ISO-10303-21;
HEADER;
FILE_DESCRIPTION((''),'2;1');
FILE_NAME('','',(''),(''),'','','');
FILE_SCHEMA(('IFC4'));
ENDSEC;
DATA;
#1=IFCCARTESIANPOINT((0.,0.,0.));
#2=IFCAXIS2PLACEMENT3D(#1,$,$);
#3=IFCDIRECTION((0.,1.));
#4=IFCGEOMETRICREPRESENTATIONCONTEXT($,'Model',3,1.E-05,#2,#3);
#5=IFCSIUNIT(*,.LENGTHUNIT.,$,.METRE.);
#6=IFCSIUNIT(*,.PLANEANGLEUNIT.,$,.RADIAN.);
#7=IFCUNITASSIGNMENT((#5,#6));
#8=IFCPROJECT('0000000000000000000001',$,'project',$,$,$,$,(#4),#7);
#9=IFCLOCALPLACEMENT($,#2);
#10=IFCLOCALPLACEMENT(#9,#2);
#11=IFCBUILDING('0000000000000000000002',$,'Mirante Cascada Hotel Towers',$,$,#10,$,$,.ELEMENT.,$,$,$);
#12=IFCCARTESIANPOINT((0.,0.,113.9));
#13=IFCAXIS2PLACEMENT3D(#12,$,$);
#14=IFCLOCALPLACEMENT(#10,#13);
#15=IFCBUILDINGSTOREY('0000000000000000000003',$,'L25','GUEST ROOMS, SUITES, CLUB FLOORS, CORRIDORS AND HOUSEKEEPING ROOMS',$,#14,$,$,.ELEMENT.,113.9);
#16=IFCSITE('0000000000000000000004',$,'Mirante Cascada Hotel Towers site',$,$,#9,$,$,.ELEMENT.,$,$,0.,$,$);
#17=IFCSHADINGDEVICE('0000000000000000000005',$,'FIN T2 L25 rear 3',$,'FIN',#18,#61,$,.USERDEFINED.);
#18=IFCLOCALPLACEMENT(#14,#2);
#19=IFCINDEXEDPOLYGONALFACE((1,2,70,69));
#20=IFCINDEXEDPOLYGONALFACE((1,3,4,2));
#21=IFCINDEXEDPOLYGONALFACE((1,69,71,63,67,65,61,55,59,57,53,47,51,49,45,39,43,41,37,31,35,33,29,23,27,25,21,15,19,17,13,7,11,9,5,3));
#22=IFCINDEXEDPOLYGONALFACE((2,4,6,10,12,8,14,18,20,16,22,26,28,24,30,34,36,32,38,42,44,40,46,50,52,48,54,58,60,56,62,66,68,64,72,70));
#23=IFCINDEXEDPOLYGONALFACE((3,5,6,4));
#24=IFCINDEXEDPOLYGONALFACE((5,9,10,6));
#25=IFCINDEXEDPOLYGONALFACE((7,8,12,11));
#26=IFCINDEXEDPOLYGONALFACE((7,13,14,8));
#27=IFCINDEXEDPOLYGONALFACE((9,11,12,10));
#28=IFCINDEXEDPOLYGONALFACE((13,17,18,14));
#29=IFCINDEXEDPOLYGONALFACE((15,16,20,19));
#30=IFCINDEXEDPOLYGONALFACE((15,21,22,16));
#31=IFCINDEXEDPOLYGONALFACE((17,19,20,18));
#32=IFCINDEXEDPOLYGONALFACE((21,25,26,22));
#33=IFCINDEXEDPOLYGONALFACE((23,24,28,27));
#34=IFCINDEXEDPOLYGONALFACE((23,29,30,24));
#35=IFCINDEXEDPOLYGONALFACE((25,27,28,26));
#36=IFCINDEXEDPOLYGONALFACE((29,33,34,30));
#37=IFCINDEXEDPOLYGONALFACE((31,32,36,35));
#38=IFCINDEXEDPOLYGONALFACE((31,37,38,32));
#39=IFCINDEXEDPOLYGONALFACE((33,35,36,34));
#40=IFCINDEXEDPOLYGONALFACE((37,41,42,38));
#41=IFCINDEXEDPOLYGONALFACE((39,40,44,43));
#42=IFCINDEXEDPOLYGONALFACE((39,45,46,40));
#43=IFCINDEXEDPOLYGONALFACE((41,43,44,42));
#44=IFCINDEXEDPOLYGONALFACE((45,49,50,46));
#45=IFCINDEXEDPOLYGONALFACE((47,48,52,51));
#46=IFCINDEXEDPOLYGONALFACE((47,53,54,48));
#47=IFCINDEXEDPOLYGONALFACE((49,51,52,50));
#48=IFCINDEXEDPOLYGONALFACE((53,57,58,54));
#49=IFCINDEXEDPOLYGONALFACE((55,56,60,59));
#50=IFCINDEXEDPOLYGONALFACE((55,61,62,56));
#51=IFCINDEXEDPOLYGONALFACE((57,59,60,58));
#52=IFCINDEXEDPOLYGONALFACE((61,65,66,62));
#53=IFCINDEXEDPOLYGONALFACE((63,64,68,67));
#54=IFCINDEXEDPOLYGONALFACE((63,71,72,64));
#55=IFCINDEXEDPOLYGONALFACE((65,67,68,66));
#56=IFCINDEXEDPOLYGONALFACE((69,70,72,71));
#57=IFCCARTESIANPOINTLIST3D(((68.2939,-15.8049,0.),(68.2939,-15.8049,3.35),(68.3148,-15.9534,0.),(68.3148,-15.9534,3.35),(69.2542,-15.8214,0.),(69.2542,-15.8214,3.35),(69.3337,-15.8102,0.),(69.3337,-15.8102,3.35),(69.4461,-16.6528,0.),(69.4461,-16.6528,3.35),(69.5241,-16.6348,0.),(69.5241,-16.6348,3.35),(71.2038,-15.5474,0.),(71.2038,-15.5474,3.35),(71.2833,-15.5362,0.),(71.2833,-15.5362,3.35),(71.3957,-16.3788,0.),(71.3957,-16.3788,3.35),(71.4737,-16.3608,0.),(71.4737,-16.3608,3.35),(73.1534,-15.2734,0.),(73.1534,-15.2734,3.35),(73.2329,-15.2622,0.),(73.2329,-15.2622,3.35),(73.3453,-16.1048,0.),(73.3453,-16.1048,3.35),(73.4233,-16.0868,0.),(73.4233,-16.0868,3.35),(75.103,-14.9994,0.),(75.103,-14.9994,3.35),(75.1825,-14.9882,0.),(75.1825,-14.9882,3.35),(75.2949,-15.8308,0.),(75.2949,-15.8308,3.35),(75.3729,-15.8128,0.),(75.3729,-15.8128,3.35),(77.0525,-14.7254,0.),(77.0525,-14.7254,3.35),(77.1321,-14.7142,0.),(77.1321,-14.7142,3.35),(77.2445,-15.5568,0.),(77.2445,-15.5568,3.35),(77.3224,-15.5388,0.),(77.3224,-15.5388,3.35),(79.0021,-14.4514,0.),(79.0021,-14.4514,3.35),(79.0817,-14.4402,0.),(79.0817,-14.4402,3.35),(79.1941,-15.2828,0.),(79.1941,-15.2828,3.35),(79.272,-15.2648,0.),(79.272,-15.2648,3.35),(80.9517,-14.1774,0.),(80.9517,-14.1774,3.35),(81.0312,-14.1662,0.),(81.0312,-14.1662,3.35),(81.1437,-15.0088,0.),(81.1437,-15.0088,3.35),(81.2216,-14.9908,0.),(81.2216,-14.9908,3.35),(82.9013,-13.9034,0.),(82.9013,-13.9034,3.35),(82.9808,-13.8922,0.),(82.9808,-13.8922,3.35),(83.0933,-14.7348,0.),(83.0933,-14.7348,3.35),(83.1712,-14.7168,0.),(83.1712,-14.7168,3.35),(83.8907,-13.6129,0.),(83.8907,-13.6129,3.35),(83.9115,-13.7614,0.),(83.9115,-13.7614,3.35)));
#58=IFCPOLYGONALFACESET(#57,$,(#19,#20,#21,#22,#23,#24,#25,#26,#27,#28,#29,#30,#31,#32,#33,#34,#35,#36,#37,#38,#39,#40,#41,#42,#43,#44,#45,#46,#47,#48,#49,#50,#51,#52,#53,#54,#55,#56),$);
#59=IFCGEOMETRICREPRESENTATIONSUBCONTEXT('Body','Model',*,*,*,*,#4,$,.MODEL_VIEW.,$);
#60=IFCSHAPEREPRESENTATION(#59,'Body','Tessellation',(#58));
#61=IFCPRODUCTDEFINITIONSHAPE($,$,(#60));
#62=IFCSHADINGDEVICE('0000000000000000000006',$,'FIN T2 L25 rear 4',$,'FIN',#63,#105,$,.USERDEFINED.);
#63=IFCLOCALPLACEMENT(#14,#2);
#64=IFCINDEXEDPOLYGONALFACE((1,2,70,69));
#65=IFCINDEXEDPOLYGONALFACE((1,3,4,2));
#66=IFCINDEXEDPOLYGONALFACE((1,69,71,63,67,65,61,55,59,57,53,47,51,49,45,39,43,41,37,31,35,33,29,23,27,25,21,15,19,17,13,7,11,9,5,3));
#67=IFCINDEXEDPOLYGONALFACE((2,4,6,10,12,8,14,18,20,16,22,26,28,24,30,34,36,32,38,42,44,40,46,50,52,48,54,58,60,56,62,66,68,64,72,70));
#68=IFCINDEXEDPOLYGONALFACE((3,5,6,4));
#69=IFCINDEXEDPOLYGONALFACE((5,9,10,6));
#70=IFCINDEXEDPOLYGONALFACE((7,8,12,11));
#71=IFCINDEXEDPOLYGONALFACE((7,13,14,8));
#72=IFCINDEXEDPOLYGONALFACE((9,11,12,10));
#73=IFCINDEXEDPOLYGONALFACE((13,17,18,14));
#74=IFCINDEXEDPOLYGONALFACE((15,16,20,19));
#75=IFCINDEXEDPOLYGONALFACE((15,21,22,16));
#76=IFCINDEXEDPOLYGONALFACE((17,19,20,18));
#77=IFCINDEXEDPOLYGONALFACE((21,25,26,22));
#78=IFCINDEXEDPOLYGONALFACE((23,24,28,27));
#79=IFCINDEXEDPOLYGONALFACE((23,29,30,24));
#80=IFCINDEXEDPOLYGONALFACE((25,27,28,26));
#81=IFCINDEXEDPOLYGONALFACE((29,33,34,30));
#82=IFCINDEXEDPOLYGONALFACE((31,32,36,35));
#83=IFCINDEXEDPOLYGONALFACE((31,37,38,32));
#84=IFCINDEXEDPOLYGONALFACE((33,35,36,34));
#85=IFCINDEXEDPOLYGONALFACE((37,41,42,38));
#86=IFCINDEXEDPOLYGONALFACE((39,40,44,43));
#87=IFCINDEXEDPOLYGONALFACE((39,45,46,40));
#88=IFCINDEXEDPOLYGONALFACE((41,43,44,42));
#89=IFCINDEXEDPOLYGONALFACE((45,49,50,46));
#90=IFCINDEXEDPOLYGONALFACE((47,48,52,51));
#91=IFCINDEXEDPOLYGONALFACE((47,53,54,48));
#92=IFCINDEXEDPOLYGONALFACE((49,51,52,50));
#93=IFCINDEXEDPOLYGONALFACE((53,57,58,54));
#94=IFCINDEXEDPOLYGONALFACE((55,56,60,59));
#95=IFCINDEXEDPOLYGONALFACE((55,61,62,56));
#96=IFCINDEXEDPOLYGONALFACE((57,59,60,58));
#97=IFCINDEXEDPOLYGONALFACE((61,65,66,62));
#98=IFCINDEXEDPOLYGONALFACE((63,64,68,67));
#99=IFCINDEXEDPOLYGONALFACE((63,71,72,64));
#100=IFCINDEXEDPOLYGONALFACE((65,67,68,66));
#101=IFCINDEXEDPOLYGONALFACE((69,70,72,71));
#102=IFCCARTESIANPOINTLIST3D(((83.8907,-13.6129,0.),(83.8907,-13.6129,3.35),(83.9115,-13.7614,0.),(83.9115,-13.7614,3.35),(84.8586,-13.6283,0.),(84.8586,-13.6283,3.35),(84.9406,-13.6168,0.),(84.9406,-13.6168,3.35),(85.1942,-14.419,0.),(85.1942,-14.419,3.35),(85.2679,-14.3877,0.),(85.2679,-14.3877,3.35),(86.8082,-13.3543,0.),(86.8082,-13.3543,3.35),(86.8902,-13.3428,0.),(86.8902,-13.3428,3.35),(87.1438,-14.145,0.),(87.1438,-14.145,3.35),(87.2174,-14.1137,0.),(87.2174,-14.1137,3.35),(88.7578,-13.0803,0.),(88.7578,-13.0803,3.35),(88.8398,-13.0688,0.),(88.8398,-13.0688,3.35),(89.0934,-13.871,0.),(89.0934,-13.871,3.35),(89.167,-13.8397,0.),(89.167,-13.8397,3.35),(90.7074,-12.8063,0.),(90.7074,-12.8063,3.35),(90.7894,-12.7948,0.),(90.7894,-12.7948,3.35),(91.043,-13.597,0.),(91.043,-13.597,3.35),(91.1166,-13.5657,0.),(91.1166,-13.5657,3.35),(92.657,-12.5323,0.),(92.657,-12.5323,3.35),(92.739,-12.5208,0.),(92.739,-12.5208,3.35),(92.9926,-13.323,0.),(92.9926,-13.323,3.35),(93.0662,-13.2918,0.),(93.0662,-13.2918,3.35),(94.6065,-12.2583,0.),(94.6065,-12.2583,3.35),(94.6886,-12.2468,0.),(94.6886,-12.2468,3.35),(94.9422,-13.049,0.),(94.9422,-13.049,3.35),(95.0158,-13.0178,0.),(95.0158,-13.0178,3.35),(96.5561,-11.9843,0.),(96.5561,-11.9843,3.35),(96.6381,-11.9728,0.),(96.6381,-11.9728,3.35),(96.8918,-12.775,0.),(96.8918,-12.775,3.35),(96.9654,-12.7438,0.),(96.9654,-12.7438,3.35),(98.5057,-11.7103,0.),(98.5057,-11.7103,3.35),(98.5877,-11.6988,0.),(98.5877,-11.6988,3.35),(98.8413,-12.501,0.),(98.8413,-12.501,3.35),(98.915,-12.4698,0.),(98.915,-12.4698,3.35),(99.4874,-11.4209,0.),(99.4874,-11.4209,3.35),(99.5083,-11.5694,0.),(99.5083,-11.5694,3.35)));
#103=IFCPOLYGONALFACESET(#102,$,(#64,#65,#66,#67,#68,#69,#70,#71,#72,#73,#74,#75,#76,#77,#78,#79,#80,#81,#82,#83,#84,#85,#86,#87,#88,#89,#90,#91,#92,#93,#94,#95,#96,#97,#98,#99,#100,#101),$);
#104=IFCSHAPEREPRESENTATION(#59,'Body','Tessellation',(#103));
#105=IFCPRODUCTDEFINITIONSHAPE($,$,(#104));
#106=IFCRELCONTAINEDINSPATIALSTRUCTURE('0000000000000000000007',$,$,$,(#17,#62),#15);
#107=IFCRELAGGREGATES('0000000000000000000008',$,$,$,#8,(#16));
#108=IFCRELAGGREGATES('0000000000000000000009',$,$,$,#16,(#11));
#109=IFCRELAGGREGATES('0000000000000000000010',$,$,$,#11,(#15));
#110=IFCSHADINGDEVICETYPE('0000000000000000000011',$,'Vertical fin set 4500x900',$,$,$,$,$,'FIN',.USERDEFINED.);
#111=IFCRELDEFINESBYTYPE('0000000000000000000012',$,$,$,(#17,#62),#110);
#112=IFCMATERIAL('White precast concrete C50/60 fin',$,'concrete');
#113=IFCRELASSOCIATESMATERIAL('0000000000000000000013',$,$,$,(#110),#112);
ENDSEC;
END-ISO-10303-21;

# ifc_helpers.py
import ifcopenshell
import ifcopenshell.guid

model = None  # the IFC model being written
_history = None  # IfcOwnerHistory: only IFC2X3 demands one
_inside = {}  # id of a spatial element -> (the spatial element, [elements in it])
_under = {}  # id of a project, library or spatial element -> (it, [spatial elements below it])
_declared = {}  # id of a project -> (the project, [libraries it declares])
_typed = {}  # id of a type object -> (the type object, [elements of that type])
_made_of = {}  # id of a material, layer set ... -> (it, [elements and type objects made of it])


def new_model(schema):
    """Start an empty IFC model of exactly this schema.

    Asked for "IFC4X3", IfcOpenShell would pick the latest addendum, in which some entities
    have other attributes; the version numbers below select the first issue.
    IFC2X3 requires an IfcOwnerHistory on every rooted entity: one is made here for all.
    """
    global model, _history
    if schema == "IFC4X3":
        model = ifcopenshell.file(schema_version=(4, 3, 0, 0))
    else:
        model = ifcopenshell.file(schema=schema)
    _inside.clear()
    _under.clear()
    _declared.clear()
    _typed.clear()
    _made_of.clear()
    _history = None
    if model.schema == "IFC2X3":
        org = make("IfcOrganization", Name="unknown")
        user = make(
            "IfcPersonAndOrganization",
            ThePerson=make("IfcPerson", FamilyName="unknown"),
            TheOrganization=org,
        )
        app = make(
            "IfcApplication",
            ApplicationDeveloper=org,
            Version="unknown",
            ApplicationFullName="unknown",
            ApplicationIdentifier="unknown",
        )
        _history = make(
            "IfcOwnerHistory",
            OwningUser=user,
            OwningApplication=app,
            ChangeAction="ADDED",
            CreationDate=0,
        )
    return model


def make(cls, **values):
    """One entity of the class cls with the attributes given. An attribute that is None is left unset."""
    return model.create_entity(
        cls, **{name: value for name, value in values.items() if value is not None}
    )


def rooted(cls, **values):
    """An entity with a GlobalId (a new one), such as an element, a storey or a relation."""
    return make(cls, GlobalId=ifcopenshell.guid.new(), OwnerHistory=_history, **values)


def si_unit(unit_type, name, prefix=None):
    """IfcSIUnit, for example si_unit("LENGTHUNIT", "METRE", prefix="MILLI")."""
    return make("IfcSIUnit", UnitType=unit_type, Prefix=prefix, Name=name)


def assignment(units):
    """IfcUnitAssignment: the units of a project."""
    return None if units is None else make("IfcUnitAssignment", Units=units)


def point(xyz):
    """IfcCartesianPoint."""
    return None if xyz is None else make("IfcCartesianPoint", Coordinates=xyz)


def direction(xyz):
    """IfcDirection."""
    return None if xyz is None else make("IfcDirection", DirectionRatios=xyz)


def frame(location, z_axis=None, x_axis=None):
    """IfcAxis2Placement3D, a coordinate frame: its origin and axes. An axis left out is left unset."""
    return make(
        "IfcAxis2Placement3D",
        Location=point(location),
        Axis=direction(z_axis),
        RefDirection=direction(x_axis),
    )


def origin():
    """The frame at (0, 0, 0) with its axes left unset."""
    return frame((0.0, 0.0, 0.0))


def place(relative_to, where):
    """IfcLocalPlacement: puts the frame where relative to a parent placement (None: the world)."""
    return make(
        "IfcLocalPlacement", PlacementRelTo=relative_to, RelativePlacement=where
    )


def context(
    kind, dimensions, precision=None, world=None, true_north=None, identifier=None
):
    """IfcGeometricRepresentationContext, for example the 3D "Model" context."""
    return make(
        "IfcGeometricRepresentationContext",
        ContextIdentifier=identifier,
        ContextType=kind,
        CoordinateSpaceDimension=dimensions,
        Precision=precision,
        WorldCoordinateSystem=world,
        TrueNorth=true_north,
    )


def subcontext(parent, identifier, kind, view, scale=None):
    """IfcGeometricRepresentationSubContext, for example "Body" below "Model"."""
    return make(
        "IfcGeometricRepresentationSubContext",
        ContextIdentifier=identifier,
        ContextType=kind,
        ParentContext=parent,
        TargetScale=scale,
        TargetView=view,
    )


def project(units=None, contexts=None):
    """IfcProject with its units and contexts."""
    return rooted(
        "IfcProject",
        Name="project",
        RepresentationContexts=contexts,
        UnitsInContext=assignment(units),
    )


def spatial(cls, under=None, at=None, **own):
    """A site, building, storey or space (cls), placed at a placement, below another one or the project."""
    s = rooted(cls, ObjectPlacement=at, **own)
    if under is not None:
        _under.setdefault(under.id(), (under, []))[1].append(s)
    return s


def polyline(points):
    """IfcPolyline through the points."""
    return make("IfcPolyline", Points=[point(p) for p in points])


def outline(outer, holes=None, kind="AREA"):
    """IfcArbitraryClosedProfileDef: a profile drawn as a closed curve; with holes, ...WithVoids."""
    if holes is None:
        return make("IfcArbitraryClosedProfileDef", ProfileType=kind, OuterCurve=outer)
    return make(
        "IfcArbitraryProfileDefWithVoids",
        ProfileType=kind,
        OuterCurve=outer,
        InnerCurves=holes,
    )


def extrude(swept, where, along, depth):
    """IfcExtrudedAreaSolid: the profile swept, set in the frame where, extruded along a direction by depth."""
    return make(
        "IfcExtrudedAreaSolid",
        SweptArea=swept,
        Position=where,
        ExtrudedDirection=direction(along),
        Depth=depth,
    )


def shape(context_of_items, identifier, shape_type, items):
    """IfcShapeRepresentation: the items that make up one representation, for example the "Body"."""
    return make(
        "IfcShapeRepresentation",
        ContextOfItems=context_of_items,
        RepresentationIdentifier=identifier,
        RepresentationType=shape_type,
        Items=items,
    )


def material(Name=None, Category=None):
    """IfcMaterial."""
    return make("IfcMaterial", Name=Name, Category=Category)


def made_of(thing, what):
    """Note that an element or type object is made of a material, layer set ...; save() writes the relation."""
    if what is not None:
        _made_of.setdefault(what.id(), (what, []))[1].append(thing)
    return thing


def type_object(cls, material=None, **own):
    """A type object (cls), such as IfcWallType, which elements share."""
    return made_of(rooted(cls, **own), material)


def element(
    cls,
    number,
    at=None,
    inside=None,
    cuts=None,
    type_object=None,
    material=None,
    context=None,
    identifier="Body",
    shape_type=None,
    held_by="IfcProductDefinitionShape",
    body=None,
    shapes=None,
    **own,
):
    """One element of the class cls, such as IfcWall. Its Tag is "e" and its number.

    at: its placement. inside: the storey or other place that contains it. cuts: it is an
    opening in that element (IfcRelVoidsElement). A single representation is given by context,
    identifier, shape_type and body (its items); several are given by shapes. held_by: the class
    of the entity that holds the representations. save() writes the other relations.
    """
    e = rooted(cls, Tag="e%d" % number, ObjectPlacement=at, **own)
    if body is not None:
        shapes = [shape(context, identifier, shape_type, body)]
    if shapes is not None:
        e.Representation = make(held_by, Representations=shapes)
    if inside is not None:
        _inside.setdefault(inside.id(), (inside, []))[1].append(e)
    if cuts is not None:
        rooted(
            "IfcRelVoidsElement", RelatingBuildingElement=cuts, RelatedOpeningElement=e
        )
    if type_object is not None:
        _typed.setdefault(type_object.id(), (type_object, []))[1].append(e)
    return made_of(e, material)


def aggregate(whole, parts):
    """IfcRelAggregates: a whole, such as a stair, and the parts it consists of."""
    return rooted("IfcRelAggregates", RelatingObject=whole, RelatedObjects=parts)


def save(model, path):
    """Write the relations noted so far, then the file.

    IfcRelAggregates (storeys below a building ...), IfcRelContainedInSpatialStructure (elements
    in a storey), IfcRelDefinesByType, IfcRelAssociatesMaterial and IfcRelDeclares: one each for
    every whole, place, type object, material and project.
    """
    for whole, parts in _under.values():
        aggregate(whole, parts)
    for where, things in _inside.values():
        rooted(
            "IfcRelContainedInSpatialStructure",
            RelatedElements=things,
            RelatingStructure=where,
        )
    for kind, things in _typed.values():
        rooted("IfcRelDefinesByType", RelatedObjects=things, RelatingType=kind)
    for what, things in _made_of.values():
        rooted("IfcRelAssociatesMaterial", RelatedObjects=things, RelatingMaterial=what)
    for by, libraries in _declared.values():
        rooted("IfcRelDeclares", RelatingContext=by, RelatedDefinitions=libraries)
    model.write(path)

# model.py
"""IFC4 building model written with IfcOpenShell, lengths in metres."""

from ifc_helpers import new_model, si_unit, direction, frame, origin, place, context, subcontext, project, spatial, polyline, outline, extrude, material, type_object, element, save


model = new_model("IFC4")

# Units and contexts
model_context = context("Model", 3, precision=1e-05, world=origin(), true_north=direction((0.0, 1.0)))
body_context = subcontext(model_context, "Body", "Model", "MODEL_VIEW")
ifc_project = project(units=[si_unit("LENGTHUNIT", "METRE"), si_unit("PLANEANGLEUNIT", "RADIAN")], contexts=[model_context])

# Site, building, storey
site_placement = place(None, origin())
site = spatial("IfcSite", under=ifc_project, at=site_placement, Name="Mirante Cascada Hotel Towers site", CompositionType="ELEMENT", RefElevation=0.0)
building_placement = place(site_placement, origin())
building = spatial("IfcBuilding", under=site, at=building_placement, Name="Mirante Cascada Hotel Towers", CompositionType="ELEMENT")
storey_placement = place(building_placement, frame((0.0, 0.0, 113.9)))
storey = spatial("IfcBuildingStorey", under=building, at=storey_placement, Name="L25", Description="GUEST ROOMS, SUITES, CLUB FLOORS, CORRIDORS AND HOUSEKEEPING ROOMS", CompositionType="ELEMENT", Elevation=113.9)

# Shading devices
ifc_material_1 = material(Name="White precast concrete C50/60 fin", Category="concrete")
shading_device_type = type_object("IfcShadingDeviceType", Name="Vertical fin set 4500x900", ElementType="FIN", PredefinedType="USERDEFINED", material=ifc_material_1)
shading_device_1_placement = place(storey_placement, origin())
element("IfcShadingDevice", 1, at=shading_device_1_placement, inside=storey, type_object=shading_device_type, Name="FIN T2 L25 rear 3", ObjectType="FIN", PredefinedType="USERDEFINED", context=body_context, shape_type="SweptSolid", body=[
    extrude(outline(polyline([(69.4461, -16.6528), (69.2542, -15.8214), (68.3148, -15.9534), (68.2939, -15.8049), (83.8907, -13.6129), (83.9115, -13.7614), (82.9808, -13.8922), (83.1712, -14.7168), (83.0933, -14.7348), (82.9013, -13.9034), (81.0312, -14.1662), (81.2216, -14.9908), (81.1437, -15.0088), (80.9517, -14.1774), (79.0817, -14.4402), (79.272, -15.2648), (79.1941, -15.2828), (79.0021, -14.4514), (77.1321, -14.7142), (77.3224, -15.5388), (77.2445, -15.5568), (77.0525, -14.7254), (75.1825, -14.9882), (75.3729, -15.8128), (75.2949, -15.8308), (75.103, -14.9994), (73.2329, -15.2622), (73.4233, -16.0868), (73.3453, -16.1048), (73.1534, -15.2734), (71.2833, -15.5362), (71.4737, -16.3608), (71.3957, -16.3788), (71.2038, -15.5474), (69.3337, -15.8102), (69.5241, -16.6348), (69.4461, -16.6528)])), origin(), (0.0, 0.0, 1.0), 3.35),
])
shading_device_2_placement = place(storey_placement, origin())
element("IfcShadingDevice", 2, at=shading_device_2_placement, inside=storey, type_object=shading_device_type, Name="FIN T2 L25 rear 4", ObjectType="FIN", PredefinedType="USERDEFINED", context=body_context, shape_type="SweptSolid", body=[
    extrude(outline(polyline([(85.1942, -14.419), (84.8586, -13.6283), (83.9115, -13.7614), (83.8907, -13.6129), (99.4874, -11.4209), (99.5083, -11.5694), (98.5877, -11.6988), (98.915, -12.4698), (98.8413, -12.501), (98.5057, -11.7103), (96.6381, -11.9728), (96.9654, -12.7438), (96.8918, -12.775), (96.5561, -11.9843), (94.6886, -12.2468), (95.0158, -13.0178), (94.9422, -13.049), (94.6065, -12.2583), (92.739, -12.5208), (93.0662, -13.2918), (92.9926, -13.323), (92.657, -12.5323), (90.7894, -12.7948), (91.1166, -13.5657), (91.043, -13.597), (90.7074, -12.8063), (88.8398, -13.0688), (89.167, -13.8397), (89.0934, -13.871), (88.7578, -13.0803), (86.8902, -13.3428), (87.2174, -14.1137), (87.1438, -14.145), (86.8082, -13.3543), (84.9406, -13.6168), (85.2679, -14.3877), (85.1942, -14.419)])), origin(), (0.0, 0.0, 1.0), 3.35),
])

save(model, "model.ifc")
